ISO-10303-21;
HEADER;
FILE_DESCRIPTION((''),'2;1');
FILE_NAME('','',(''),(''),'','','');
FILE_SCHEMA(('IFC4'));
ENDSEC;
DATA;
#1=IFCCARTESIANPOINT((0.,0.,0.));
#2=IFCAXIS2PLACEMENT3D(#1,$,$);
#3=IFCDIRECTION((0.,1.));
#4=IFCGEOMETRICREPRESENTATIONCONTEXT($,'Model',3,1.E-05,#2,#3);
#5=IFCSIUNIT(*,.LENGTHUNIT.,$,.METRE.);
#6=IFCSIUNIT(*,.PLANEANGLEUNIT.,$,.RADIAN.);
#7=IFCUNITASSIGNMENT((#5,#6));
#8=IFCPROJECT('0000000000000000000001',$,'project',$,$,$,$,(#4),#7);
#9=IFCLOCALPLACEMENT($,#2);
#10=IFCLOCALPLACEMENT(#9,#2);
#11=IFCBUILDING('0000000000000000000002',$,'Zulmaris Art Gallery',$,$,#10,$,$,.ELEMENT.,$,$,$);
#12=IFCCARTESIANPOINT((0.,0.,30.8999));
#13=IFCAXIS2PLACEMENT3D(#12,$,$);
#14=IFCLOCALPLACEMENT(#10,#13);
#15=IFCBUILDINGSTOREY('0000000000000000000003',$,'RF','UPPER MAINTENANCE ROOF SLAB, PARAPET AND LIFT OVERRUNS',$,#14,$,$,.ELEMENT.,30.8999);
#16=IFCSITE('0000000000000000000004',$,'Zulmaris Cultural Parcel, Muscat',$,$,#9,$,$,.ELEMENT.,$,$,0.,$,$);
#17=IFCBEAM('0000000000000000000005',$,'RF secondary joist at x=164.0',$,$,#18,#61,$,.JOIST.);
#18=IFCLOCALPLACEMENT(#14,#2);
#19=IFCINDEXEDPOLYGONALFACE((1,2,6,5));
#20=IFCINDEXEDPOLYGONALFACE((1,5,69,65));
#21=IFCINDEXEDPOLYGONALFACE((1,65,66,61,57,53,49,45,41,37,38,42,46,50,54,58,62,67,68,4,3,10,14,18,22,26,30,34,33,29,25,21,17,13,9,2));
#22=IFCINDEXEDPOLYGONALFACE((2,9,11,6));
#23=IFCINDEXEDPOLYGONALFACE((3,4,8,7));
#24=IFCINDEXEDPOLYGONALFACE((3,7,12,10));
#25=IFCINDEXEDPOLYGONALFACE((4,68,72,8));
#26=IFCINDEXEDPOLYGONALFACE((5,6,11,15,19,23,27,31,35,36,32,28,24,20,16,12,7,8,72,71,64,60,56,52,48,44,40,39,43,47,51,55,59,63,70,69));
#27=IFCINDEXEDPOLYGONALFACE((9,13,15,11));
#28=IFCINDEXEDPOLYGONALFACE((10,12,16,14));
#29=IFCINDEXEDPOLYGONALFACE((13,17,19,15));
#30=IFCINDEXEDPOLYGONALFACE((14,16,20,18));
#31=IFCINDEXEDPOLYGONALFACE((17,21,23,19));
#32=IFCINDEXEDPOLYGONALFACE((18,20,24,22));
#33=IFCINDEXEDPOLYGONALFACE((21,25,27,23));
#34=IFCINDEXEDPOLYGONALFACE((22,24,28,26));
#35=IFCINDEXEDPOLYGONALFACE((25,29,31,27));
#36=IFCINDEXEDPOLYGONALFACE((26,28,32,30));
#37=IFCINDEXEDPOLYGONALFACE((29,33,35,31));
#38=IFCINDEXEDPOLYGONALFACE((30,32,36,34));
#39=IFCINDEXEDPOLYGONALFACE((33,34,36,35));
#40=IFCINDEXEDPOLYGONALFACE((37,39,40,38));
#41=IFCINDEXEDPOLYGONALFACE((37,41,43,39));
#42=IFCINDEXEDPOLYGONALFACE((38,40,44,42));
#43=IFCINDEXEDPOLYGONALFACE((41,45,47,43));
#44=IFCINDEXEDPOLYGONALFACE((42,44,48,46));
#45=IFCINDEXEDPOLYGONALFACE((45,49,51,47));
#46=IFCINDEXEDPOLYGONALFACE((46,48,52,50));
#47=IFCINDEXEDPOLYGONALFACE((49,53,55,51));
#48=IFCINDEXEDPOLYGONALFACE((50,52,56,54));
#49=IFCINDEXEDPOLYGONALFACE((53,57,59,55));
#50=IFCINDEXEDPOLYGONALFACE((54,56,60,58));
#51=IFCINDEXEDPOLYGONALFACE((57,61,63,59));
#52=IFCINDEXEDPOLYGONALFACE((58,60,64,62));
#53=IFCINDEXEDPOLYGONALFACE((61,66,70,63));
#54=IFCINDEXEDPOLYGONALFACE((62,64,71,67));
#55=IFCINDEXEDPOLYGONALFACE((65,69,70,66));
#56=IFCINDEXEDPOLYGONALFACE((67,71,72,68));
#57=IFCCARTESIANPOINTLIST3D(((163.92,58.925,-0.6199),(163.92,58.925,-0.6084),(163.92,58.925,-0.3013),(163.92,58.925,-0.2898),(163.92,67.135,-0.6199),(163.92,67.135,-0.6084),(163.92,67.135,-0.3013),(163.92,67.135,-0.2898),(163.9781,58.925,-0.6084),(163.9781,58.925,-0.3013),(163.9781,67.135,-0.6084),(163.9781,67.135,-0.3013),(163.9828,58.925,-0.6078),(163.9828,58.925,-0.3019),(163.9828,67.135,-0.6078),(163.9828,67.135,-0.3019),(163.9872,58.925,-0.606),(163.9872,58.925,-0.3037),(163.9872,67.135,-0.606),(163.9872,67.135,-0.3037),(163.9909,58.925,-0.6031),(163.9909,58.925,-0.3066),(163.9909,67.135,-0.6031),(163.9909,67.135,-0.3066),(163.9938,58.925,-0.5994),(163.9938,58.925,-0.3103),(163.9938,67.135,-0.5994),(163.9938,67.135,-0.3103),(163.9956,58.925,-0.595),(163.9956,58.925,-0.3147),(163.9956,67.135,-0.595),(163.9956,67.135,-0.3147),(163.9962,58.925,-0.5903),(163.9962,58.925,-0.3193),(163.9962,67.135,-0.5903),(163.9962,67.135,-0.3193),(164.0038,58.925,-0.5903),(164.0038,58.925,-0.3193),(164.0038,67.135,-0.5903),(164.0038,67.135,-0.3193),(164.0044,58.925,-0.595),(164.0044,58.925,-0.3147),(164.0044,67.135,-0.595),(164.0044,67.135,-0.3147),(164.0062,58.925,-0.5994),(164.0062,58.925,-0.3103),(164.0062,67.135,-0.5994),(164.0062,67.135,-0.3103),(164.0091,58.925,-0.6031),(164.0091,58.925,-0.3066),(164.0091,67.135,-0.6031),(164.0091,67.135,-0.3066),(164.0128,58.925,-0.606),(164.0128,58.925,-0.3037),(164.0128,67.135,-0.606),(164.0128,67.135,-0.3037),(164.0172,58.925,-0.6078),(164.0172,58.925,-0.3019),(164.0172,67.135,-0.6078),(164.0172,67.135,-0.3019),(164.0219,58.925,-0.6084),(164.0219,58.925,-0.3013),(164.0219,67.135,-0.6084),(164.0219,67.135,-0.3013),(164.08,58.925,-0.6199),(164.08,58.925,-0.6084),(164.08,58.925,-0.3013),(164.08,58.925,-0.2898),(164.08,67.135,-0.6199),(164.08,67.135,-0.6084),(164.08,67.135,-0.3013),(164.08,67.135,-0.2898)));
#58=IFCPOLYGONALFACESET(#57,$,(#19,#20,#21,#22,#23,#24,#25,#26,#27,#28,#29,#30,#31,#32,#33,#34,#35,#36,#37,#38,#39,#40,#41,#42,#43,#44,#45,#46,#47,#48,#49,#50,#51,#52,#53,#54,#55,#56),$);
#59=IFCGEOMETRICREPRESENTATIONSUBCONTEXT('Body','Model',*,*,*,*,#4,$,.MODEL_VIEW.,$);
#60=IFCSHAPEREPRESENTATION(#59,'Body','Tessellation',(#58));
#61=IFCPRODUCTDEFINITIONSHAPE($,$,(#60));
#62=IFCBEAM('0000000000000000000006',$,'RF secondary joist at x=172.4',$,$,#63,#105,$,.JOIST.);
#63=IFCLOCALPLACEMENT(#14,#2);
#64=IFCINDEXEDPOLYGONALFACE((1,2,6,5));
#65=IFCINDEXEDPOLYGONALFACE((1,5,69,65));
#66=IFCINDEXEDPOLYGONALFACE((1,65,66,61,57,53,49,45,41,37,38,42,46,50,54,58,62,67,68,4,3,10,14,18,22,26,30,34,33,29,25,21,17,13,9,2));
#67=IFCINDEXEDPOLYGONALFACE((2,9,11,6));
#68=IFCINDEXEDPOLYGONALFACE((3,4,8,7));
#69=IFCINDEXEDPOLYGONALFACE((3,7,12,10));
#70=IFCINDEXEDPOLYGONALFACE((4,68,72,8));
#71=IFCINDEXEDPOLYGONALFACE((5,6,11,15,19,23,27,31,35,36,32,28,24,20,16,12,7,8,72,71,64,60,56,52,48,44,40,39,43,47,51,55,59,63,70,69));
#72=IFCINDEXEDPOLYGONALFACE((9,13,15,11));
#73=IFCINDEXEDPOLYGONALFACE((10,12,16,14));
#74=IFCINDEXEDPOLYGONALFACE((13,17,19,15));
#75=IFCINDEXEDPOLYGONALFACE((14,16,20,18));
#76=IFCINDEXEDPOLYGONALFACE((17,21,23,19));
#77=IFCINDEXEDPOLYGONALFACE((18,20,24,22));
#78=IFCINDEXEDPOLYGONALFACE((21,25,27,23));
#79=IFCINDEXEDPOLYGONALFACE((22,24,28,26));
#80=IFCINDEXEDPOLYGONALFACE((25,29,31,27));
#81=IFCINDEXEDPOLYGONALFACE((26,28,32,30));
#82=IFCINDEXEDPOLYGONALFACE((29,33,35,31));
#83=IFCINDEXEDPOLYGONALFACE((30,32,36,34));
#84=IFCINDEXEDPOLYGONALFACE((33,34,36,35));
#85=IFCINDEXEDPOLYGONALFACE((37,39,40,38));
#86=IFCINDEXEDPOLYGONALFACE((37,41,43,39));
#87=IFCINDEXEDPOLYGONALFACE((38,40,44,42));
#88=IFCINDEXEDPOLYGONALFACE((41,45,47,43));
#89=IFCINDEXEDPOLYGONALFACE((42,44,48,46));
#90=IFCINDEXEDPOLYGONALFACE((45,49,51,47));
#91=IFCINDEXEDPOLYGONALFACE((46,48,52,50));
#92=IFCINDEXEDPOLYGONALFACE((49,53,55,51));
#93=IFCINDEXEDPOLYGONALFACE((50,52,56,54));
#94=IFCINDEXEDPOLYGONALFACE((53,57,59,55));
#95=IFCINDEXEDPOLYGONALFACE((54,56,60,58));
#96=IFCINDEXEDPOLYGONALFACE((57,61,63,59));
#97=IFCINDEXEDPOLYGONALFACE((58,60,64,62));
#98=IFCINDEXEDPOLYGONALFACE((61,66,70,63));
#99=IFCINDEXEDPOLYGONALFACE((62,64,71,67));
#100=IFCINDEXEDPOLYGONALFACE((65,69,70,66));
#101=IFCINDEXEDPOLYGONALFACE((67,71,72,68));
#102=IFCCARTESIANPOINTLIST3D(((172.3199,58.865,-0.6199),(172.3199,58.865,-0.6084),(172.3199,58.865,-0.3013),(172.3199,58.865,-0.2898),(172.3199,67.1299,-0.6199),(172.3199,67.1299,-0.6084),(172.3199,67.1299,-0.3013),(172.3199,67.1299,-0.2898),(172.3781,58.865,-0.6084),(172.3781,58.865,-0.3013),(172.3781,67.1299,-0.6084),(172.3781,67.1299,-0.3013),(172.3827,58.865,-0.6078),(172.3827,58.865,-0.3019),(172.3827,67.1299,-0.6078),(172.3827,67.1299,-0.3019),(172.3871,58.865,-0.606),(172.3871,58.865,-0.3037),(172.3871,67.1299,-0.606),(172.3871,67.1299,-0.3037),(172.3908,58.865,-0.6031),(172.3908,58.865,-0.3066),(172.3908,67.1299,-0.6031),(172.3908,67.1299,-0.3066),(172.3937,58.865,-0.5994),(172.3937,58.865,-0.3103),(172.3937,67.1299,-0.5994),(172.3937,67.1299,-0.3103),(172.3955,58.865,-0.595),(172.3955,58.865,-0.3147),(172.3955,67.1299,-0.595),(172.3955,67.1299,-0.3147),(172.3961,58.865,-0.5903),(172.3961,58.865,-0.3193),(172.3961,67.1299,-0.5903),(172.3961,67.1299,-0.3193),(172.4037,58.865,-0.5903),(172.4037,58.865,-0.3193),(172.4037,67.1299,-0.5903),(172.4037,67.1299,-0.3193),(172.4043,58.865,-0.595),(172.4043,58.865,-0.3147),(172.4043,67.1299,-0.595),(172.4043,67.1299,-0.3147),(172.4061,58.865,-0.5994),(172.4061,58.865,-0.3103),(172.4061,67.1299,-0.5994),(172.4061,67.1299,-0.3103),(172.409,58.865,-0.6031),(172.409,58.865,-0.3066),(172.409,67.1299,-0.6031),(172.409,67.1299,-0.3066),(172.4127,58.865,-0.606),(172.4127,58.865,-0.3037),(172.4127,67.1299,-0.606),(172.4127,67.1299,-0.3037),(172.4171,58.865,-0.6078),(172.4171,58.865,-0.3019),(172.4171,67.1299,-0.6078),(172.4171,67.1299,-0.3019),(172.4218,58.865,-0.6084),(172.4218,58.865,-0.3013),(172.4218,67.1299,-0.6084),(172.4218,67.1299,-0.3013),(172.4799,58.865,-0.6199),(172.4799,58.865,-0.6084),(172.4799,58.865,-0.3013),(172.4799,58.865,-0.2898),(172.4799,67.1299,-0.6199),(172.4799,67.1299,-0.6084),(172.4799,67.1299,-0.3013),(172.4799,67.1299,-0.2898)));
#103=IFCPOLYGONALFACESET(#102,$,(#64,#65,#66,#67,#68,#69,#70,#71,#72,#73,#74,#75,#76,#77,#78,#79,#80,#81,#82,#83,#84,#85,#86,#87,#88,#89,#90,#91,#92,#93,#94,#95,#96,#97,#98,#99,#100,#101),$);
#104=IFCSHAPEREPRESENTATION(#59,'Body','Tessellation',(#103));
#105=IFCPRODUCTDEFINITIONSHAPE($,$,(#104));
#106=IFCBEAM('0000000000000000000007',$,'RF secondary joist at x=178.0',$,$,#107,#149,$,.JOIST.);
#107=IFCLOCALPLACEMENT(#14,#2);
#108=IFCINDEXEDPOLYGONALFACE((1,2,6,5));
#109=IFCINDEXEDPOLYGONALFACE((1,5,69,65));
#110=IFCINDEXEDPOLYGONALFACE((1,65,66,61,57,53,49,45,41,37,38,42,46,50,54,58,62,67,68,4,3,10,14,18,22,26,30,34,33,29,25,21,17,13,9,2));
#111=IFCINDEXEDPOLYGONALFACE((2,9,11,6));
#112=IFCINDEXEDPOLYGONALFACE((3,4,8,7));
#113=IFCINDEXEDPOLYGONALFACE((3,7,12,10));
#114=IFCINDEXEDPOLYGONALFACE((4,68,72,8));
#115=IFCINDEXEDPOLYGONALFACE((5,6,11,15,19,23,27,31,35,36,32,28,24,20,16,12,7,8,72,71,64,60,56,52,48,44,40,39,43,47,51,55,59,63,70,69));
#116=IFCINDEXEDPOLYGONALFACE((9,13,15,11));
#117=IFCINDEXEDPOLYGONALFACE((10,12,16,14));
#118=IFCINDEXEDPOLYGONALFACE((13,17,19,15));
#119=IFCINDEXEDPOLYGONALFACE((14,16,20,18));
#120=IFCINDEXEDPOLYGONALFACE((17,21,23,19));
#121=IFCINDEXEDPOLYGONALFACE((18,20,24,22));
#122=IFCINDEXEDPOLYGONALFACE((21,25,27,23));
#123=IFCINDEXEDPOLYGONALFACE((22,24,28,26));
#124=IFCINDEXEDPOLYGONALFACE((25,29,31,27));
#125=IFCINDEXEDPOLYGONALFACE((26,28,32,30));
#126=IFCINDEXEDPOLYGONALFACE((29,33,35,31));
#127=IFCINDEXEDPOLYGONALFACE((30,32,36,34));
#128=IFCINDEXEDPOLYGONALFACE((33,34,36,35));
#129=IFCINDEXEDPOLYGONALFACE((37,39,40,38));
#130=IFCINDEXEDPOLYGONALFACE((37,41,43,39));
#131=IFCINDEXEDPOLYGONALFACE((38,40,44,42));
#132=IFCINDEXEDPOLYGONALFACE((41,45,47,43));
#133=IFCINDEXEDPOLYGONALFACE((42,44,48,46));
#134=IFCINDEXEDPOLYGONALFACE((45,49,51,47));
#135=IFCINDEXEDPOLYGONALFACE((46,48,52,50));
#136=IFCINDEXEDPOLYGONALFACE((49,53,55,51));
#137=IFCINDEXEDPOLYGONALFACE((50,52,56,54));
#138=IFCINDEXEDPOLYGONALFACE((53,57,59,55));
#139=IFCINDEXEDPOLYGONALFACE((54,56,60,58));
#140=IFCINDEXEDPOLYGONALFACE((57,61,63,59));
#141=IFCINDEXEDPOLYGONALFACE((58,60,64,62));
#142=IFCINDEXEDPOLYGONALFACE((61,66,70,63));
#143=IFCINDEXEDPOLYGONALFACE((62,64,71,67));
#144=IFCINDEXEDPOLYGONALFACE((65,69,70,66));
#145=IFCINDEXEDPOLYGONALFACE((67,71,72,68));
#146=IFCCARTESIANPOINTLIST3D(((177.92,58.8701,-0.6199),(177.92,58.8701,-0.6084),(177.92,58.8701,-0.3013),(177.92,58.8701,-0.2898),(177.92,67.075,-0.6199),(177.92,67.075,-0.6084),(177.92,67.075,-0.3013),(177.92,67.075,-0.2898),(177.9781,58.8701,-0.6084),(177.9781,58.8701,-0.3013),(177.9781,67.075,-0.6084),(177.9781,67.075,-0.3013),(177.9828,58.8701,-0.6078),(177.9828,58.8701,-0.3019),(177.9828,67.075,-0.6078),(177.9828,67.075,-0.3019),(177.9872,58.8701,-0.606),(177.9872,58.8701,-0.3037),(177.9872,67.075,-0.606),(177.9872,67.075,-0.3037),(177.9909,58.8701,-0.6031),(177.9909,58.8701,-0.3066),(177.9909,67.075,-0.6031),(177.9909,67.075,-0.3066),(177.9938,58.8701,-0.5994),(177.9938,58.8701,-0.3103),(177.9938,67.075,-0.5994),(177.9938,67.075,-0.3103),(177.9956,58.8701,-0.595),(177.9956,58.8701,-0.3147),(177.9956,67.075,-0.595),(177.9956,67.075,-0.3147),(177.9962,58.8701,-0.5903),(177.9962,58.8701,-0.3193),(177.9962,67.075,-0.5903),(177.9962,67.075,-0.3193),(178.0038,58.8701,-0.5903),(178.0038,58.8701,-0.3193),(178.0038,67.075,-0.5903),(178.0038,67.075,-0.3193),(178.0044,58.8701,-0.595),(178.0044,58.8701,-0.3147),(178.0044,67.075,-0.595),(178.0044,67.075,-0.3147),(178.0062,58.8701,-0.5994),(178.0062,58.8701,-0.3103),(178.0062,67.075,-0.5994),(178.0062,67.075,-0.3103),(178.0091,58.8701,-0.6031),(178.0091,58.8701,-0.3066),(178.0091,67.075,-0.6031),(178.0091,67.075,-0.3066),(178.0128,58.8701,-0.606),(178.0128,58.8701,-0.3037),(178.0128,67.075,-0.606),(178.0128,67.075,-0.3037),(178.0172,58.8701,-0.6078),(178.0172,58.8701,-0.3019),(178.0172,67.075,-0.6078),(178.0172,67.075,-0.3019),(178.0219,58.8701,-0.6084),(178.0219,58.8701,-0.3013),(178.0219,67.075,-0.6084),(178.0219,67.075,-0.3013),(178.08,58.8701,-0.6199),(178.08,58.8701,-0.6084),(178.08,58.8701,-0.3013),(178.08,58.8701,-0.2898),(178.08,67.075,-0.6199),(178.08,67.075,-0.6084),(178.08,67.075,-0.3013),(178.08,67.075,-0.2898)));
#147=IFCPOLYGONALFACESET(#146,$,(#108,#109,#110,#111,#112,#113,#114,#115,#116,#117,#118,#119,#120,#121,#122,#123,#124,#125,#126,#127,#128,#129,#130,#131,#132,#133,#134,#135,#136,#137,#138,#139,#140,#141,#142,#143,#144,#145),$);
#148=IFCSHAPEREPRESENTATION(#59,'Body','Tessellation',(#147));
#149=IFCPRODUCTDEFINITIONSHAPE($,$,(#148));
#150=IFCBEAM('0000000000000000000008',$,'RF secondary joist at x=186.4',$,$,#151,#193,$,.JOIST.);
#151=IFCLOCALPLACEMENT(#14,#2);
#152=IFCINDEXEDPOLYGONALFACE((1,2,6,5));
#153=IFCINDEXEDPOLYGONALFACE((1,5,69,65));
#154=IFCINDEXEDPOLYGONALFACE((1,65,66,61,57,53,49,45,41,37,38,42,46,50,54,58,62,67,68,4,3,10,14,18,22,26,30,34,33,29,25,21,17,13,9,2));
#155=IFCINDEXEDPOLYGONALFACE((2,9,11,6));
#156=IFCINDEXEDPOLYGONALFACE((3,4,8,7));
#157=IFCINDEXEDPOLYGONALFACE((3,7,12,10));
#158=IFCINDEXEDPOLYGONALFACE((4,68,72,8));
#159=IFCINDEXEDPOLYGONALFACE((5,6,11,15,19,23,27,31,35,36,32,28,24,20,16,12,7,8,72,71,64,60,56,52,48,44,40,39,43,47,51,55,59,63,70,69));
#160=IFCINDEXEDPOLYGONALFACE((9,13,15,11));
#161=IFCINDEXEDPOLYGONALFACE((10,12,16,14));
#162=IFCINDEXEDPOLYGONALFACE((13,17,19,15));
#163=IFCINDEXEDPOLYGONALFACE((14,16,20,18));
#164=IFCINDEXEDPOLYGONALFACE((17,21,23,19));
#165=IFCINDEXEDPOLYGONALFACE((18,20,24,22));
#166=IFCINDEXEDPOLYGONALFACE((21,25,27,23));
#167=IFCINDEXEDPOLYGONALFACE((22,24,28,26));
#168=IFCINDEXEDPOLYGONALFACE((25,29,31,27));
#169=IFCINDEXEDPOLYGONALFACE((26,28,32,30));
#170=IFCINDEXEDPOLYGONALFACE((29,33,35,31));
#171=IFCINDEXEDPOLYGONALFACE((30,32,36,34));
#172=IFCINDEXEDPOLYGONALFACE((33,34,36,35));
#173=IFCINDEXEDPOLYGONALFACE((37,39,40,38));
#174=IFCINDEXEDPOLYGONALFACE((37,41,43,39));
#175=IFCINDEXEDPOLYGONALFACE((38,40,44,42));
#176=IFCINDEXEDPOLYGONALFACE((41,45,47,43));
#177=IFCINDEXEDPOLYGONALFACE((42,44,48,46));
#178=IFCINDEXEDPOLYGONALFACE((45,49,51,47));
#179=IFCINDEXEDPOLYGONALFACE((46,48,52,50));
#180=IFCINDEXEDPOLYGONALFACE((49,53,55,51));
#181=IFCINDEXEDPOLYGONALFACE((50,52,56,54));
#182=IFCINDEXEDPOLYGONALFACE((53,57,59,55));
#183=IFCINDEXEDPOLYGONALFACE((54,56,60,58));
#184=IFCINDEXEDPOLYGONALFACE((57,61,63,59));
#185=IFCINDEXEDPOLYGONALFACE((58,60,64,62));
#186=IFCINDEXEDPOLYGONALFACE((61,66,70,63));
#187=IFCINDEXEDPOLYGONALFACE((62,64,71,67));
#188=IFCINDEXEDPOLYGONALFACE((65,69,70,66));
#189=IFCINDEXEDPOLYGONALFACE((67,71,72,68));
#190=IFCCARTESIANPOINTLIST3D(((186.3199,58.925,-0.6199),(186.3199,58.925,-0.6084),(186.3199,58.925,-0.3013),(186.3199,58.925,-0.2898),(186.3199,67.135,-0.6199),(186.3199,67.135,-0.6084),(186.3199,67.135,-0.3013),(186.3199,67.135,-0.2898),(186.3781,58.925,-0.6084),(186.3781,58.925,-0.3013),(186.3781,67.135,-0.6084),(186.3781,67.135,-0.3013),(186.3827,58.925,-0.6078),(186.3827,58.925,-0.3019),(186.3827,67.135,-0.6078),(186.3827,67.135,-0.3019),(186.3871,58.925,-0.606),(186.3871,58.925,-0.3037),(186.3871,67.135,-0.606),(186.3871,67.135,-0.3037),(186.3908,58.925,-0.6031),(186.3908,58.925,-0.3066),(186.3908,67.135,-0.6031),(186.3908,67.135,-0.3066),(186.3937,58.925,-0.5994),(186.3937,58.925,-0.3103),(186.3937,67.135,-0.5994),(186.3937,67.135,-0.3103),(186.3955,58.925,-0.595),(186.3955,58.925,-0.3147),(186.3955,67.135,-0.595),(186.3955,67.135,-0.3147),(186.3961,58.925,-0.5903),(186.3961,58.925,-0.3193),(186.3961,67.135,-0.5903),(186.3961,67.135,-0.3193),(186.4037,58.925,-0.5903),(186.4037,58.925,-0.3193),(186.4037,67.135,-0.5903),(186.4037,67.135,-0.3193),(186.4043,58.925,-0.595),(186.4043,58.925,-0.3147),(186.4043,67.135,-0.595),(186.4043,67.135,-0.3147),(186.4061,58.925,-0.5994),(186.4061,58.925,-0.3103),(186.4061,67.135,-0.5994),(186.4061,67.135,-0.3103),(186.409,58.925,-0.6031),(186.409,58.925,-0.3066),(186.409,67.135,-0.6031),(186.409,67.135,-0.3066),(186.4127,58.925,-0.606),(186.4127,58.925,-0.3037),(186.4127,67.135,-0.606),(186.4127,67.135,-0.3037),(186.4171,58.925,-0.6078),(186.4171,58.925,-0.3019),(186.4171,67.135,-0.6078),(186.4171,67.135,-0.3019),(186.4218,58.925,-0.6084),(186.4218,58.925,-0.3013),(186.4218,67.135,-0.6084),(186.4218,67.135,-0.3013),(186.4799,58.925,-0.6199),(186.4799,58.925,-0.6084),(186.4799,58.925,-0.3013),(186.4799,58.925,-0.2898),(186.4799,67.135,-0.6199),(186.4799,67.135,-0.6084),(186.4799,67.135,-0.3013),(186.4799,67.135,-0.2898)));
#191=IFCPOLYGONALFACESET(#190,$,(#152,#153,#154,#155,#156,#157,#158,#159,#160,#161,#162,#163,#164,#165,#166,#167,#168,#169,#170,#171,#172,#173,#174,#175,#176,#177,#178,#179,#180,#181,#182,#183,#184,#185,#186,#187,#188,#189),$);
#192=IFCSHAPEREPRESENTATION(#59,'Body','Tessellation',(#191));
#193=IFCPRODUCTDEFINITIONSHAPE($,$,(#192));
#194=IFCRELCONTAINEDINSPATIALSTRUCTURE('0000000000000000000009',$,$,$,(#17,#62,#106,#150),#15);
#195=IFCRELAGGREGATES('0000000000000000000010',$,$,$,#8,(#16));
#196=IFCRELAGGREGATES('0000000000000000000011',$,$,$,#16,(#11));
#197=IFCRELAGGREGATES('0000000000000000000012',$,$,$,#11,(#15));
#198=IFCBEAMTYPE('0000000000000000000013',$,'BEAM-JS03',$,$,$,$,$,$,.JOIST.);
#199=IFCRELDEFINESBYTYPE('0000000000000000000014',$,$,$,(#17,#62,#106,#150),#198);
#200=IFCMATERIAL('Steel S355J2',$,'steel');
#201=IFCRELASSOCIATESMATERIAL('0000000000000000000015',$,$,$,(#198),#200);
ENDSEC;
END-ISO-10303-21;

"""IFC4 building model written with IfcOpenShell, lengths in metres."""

from ifc_helpers import new_model, si_unit, direction, frame, origin, origin_2d, place, context, subcontext, project, spatial, i_section, extrude, material, material_profile, profile_set, type_object, element, save


model = new_model("IFC4")

# Units and contexts
model_context = context("Model", 3, precision=1e-05, world=origin(), true_north=direction((0.0, 1.0)))
body_context = subcontext(model_context, "Body", "Model", "MODEL_VIEW")
ifc_project = project(units=[si_unit("LENGTHUNIT", "METRE"), si_unit("PLANEANGLEUNIT", "RADIAN")], contexts=[model_context])

# Site, building, storey
site_placement = place(None, origin())
site = spatial("IfcSite", under=ifc_project, at=site_placement, Name="Zulmaris Cultural Parcel, Muscat", CompositionType="ELEMENT", RefElevation=0.0)
building_placement = place(site_placement, origin())
building = spatial("IfcBuilding", under=site, at=building_placement, Name="Zulmaris Art Gallery", CompositionType="ELEMENT")
storey_placement = place(building_placement, frame((0.0, 0.0, 30.8999)))
storey = spatial("IfcBuildingStorey", under=building, at=storey_placement, Name="RF", Description="UPPER MAINTENANCE ROOF SLAB, PARAPET AND LIFT OVERRUNS", CompositionType="ELEMENT", Elevation=30.8999)

# Beams
ifc_material_1 = material(Name="Steel S355J2", Category="steel")
ifc_material_profile_1 = material_profile(ifc_material_1, i_section(OverallWidth=0.1599, OverallDepth=0.3301, WebThickness=0.0076, FlangeThickness=0.0115, FilletRadius=0.0181, at=origin_2d()), Name="IPE 330")
ifc_profile_set_1 = profile_set([ifc_material_profile_1], Name="Steel S355J2")
beam_type_1 = type_object("IfcBeamType", Name="BEAM-JS03", PredefinedType="JOIST", material=ifc_profile_set_1)
beam_1_placement = place(storey_placement, frame((164.0, 58.925, -0.4548), z_axis=(0.0, 1.0, 0.0), x_axis=(-1.0, 0.0, 0.0)))
element("IfcBeam", 1, at=beam_1_placement, inside=storey, type_object=beam_type_1, Name="RF secondary joist at x=164.0", PredefinedType="JOIST", context=body_context, shape_type="SweptSolid", body=[
    extrude(i_section(OverallWidth=0.1599, OverallDepth=0.3301, WebThickness=0.0076, FlangeThickness=0.0115, FilletRadius=0.0181, at=origin_2d()), origin(), (0.0, 0.0, 1.0), 8.21),
])
beam_2_placement = place(storey_placement, frame((172.3999, 58.865, -0.4548), z_axis=(0.0, 1.0, 0.0), x_axis=(-1.0, 0.0, 0.0)))
element("IfcBeam", 2, at=beam_2_placement, inside=storey, type_object=beam_type_1, Name="RF secondary joist at x=172.4", PredefinedType="JOIST", context=body_context, shape_type="SweptSolid", body=[
    extrude(i_section(OverallWidth=0.1599, OverallDepth=0.3301, WebThickness=0.0076, FlangeThickness=0.0115, FilletRadius=0.0181, at=origin_2d()), origin(), (0.0, 0.0, 1.0), 8.2649),
])
beam_3_placement = place(storey_placement, frame((178.0, 58.8701, -0.4548), z_axis=(0.0, 1.0, 0.0), x_axis=(-1.0, 0.0, 0.0)))
element("IfcBeam", 3, at=beam_3_placement, inside=storey, type_object=beam_type_1, Name="RF secondary joist at x=178.0", PredefinedType="JOIST", context=body_context, shape_type="SweptSolid", body=[
    extrude(i_section(OverallWidth=0.1599, OverallDepth=0.3301, WebThickness=0.0076, FlangeThickness=0.0115, FilletRadius=0.0181, at=origin_2d()), origin(), (0.0, 0.0, 1.0), 8.2048),
])
beam_4_placement = place(storey_placement, frame((186.3999, 58.925, -0.4548), z_axis=(0.0, 1.0, 0.0), x_axis=(-1.0, 0.0, 0.0)))
element("IfcBeam", 4, at=beam_4_placement, inside=storey, type_object=beam_type_1, Name="RF secondary joist at x=186.4", PredefinedType="JOIST", context=body_context, shape_type="SweptSolid", body=[
    extrude(i_section(OverallWidth=0.1599, OverallDepth=0.3301, WebThickness=0.0076, FlangeThickness=0.0115, FilletRadius=0.0181, at=origin_2d()), origin(), (0.0, 0.0, 1.0), 8.21),
])

save(model, "model.ifc")
